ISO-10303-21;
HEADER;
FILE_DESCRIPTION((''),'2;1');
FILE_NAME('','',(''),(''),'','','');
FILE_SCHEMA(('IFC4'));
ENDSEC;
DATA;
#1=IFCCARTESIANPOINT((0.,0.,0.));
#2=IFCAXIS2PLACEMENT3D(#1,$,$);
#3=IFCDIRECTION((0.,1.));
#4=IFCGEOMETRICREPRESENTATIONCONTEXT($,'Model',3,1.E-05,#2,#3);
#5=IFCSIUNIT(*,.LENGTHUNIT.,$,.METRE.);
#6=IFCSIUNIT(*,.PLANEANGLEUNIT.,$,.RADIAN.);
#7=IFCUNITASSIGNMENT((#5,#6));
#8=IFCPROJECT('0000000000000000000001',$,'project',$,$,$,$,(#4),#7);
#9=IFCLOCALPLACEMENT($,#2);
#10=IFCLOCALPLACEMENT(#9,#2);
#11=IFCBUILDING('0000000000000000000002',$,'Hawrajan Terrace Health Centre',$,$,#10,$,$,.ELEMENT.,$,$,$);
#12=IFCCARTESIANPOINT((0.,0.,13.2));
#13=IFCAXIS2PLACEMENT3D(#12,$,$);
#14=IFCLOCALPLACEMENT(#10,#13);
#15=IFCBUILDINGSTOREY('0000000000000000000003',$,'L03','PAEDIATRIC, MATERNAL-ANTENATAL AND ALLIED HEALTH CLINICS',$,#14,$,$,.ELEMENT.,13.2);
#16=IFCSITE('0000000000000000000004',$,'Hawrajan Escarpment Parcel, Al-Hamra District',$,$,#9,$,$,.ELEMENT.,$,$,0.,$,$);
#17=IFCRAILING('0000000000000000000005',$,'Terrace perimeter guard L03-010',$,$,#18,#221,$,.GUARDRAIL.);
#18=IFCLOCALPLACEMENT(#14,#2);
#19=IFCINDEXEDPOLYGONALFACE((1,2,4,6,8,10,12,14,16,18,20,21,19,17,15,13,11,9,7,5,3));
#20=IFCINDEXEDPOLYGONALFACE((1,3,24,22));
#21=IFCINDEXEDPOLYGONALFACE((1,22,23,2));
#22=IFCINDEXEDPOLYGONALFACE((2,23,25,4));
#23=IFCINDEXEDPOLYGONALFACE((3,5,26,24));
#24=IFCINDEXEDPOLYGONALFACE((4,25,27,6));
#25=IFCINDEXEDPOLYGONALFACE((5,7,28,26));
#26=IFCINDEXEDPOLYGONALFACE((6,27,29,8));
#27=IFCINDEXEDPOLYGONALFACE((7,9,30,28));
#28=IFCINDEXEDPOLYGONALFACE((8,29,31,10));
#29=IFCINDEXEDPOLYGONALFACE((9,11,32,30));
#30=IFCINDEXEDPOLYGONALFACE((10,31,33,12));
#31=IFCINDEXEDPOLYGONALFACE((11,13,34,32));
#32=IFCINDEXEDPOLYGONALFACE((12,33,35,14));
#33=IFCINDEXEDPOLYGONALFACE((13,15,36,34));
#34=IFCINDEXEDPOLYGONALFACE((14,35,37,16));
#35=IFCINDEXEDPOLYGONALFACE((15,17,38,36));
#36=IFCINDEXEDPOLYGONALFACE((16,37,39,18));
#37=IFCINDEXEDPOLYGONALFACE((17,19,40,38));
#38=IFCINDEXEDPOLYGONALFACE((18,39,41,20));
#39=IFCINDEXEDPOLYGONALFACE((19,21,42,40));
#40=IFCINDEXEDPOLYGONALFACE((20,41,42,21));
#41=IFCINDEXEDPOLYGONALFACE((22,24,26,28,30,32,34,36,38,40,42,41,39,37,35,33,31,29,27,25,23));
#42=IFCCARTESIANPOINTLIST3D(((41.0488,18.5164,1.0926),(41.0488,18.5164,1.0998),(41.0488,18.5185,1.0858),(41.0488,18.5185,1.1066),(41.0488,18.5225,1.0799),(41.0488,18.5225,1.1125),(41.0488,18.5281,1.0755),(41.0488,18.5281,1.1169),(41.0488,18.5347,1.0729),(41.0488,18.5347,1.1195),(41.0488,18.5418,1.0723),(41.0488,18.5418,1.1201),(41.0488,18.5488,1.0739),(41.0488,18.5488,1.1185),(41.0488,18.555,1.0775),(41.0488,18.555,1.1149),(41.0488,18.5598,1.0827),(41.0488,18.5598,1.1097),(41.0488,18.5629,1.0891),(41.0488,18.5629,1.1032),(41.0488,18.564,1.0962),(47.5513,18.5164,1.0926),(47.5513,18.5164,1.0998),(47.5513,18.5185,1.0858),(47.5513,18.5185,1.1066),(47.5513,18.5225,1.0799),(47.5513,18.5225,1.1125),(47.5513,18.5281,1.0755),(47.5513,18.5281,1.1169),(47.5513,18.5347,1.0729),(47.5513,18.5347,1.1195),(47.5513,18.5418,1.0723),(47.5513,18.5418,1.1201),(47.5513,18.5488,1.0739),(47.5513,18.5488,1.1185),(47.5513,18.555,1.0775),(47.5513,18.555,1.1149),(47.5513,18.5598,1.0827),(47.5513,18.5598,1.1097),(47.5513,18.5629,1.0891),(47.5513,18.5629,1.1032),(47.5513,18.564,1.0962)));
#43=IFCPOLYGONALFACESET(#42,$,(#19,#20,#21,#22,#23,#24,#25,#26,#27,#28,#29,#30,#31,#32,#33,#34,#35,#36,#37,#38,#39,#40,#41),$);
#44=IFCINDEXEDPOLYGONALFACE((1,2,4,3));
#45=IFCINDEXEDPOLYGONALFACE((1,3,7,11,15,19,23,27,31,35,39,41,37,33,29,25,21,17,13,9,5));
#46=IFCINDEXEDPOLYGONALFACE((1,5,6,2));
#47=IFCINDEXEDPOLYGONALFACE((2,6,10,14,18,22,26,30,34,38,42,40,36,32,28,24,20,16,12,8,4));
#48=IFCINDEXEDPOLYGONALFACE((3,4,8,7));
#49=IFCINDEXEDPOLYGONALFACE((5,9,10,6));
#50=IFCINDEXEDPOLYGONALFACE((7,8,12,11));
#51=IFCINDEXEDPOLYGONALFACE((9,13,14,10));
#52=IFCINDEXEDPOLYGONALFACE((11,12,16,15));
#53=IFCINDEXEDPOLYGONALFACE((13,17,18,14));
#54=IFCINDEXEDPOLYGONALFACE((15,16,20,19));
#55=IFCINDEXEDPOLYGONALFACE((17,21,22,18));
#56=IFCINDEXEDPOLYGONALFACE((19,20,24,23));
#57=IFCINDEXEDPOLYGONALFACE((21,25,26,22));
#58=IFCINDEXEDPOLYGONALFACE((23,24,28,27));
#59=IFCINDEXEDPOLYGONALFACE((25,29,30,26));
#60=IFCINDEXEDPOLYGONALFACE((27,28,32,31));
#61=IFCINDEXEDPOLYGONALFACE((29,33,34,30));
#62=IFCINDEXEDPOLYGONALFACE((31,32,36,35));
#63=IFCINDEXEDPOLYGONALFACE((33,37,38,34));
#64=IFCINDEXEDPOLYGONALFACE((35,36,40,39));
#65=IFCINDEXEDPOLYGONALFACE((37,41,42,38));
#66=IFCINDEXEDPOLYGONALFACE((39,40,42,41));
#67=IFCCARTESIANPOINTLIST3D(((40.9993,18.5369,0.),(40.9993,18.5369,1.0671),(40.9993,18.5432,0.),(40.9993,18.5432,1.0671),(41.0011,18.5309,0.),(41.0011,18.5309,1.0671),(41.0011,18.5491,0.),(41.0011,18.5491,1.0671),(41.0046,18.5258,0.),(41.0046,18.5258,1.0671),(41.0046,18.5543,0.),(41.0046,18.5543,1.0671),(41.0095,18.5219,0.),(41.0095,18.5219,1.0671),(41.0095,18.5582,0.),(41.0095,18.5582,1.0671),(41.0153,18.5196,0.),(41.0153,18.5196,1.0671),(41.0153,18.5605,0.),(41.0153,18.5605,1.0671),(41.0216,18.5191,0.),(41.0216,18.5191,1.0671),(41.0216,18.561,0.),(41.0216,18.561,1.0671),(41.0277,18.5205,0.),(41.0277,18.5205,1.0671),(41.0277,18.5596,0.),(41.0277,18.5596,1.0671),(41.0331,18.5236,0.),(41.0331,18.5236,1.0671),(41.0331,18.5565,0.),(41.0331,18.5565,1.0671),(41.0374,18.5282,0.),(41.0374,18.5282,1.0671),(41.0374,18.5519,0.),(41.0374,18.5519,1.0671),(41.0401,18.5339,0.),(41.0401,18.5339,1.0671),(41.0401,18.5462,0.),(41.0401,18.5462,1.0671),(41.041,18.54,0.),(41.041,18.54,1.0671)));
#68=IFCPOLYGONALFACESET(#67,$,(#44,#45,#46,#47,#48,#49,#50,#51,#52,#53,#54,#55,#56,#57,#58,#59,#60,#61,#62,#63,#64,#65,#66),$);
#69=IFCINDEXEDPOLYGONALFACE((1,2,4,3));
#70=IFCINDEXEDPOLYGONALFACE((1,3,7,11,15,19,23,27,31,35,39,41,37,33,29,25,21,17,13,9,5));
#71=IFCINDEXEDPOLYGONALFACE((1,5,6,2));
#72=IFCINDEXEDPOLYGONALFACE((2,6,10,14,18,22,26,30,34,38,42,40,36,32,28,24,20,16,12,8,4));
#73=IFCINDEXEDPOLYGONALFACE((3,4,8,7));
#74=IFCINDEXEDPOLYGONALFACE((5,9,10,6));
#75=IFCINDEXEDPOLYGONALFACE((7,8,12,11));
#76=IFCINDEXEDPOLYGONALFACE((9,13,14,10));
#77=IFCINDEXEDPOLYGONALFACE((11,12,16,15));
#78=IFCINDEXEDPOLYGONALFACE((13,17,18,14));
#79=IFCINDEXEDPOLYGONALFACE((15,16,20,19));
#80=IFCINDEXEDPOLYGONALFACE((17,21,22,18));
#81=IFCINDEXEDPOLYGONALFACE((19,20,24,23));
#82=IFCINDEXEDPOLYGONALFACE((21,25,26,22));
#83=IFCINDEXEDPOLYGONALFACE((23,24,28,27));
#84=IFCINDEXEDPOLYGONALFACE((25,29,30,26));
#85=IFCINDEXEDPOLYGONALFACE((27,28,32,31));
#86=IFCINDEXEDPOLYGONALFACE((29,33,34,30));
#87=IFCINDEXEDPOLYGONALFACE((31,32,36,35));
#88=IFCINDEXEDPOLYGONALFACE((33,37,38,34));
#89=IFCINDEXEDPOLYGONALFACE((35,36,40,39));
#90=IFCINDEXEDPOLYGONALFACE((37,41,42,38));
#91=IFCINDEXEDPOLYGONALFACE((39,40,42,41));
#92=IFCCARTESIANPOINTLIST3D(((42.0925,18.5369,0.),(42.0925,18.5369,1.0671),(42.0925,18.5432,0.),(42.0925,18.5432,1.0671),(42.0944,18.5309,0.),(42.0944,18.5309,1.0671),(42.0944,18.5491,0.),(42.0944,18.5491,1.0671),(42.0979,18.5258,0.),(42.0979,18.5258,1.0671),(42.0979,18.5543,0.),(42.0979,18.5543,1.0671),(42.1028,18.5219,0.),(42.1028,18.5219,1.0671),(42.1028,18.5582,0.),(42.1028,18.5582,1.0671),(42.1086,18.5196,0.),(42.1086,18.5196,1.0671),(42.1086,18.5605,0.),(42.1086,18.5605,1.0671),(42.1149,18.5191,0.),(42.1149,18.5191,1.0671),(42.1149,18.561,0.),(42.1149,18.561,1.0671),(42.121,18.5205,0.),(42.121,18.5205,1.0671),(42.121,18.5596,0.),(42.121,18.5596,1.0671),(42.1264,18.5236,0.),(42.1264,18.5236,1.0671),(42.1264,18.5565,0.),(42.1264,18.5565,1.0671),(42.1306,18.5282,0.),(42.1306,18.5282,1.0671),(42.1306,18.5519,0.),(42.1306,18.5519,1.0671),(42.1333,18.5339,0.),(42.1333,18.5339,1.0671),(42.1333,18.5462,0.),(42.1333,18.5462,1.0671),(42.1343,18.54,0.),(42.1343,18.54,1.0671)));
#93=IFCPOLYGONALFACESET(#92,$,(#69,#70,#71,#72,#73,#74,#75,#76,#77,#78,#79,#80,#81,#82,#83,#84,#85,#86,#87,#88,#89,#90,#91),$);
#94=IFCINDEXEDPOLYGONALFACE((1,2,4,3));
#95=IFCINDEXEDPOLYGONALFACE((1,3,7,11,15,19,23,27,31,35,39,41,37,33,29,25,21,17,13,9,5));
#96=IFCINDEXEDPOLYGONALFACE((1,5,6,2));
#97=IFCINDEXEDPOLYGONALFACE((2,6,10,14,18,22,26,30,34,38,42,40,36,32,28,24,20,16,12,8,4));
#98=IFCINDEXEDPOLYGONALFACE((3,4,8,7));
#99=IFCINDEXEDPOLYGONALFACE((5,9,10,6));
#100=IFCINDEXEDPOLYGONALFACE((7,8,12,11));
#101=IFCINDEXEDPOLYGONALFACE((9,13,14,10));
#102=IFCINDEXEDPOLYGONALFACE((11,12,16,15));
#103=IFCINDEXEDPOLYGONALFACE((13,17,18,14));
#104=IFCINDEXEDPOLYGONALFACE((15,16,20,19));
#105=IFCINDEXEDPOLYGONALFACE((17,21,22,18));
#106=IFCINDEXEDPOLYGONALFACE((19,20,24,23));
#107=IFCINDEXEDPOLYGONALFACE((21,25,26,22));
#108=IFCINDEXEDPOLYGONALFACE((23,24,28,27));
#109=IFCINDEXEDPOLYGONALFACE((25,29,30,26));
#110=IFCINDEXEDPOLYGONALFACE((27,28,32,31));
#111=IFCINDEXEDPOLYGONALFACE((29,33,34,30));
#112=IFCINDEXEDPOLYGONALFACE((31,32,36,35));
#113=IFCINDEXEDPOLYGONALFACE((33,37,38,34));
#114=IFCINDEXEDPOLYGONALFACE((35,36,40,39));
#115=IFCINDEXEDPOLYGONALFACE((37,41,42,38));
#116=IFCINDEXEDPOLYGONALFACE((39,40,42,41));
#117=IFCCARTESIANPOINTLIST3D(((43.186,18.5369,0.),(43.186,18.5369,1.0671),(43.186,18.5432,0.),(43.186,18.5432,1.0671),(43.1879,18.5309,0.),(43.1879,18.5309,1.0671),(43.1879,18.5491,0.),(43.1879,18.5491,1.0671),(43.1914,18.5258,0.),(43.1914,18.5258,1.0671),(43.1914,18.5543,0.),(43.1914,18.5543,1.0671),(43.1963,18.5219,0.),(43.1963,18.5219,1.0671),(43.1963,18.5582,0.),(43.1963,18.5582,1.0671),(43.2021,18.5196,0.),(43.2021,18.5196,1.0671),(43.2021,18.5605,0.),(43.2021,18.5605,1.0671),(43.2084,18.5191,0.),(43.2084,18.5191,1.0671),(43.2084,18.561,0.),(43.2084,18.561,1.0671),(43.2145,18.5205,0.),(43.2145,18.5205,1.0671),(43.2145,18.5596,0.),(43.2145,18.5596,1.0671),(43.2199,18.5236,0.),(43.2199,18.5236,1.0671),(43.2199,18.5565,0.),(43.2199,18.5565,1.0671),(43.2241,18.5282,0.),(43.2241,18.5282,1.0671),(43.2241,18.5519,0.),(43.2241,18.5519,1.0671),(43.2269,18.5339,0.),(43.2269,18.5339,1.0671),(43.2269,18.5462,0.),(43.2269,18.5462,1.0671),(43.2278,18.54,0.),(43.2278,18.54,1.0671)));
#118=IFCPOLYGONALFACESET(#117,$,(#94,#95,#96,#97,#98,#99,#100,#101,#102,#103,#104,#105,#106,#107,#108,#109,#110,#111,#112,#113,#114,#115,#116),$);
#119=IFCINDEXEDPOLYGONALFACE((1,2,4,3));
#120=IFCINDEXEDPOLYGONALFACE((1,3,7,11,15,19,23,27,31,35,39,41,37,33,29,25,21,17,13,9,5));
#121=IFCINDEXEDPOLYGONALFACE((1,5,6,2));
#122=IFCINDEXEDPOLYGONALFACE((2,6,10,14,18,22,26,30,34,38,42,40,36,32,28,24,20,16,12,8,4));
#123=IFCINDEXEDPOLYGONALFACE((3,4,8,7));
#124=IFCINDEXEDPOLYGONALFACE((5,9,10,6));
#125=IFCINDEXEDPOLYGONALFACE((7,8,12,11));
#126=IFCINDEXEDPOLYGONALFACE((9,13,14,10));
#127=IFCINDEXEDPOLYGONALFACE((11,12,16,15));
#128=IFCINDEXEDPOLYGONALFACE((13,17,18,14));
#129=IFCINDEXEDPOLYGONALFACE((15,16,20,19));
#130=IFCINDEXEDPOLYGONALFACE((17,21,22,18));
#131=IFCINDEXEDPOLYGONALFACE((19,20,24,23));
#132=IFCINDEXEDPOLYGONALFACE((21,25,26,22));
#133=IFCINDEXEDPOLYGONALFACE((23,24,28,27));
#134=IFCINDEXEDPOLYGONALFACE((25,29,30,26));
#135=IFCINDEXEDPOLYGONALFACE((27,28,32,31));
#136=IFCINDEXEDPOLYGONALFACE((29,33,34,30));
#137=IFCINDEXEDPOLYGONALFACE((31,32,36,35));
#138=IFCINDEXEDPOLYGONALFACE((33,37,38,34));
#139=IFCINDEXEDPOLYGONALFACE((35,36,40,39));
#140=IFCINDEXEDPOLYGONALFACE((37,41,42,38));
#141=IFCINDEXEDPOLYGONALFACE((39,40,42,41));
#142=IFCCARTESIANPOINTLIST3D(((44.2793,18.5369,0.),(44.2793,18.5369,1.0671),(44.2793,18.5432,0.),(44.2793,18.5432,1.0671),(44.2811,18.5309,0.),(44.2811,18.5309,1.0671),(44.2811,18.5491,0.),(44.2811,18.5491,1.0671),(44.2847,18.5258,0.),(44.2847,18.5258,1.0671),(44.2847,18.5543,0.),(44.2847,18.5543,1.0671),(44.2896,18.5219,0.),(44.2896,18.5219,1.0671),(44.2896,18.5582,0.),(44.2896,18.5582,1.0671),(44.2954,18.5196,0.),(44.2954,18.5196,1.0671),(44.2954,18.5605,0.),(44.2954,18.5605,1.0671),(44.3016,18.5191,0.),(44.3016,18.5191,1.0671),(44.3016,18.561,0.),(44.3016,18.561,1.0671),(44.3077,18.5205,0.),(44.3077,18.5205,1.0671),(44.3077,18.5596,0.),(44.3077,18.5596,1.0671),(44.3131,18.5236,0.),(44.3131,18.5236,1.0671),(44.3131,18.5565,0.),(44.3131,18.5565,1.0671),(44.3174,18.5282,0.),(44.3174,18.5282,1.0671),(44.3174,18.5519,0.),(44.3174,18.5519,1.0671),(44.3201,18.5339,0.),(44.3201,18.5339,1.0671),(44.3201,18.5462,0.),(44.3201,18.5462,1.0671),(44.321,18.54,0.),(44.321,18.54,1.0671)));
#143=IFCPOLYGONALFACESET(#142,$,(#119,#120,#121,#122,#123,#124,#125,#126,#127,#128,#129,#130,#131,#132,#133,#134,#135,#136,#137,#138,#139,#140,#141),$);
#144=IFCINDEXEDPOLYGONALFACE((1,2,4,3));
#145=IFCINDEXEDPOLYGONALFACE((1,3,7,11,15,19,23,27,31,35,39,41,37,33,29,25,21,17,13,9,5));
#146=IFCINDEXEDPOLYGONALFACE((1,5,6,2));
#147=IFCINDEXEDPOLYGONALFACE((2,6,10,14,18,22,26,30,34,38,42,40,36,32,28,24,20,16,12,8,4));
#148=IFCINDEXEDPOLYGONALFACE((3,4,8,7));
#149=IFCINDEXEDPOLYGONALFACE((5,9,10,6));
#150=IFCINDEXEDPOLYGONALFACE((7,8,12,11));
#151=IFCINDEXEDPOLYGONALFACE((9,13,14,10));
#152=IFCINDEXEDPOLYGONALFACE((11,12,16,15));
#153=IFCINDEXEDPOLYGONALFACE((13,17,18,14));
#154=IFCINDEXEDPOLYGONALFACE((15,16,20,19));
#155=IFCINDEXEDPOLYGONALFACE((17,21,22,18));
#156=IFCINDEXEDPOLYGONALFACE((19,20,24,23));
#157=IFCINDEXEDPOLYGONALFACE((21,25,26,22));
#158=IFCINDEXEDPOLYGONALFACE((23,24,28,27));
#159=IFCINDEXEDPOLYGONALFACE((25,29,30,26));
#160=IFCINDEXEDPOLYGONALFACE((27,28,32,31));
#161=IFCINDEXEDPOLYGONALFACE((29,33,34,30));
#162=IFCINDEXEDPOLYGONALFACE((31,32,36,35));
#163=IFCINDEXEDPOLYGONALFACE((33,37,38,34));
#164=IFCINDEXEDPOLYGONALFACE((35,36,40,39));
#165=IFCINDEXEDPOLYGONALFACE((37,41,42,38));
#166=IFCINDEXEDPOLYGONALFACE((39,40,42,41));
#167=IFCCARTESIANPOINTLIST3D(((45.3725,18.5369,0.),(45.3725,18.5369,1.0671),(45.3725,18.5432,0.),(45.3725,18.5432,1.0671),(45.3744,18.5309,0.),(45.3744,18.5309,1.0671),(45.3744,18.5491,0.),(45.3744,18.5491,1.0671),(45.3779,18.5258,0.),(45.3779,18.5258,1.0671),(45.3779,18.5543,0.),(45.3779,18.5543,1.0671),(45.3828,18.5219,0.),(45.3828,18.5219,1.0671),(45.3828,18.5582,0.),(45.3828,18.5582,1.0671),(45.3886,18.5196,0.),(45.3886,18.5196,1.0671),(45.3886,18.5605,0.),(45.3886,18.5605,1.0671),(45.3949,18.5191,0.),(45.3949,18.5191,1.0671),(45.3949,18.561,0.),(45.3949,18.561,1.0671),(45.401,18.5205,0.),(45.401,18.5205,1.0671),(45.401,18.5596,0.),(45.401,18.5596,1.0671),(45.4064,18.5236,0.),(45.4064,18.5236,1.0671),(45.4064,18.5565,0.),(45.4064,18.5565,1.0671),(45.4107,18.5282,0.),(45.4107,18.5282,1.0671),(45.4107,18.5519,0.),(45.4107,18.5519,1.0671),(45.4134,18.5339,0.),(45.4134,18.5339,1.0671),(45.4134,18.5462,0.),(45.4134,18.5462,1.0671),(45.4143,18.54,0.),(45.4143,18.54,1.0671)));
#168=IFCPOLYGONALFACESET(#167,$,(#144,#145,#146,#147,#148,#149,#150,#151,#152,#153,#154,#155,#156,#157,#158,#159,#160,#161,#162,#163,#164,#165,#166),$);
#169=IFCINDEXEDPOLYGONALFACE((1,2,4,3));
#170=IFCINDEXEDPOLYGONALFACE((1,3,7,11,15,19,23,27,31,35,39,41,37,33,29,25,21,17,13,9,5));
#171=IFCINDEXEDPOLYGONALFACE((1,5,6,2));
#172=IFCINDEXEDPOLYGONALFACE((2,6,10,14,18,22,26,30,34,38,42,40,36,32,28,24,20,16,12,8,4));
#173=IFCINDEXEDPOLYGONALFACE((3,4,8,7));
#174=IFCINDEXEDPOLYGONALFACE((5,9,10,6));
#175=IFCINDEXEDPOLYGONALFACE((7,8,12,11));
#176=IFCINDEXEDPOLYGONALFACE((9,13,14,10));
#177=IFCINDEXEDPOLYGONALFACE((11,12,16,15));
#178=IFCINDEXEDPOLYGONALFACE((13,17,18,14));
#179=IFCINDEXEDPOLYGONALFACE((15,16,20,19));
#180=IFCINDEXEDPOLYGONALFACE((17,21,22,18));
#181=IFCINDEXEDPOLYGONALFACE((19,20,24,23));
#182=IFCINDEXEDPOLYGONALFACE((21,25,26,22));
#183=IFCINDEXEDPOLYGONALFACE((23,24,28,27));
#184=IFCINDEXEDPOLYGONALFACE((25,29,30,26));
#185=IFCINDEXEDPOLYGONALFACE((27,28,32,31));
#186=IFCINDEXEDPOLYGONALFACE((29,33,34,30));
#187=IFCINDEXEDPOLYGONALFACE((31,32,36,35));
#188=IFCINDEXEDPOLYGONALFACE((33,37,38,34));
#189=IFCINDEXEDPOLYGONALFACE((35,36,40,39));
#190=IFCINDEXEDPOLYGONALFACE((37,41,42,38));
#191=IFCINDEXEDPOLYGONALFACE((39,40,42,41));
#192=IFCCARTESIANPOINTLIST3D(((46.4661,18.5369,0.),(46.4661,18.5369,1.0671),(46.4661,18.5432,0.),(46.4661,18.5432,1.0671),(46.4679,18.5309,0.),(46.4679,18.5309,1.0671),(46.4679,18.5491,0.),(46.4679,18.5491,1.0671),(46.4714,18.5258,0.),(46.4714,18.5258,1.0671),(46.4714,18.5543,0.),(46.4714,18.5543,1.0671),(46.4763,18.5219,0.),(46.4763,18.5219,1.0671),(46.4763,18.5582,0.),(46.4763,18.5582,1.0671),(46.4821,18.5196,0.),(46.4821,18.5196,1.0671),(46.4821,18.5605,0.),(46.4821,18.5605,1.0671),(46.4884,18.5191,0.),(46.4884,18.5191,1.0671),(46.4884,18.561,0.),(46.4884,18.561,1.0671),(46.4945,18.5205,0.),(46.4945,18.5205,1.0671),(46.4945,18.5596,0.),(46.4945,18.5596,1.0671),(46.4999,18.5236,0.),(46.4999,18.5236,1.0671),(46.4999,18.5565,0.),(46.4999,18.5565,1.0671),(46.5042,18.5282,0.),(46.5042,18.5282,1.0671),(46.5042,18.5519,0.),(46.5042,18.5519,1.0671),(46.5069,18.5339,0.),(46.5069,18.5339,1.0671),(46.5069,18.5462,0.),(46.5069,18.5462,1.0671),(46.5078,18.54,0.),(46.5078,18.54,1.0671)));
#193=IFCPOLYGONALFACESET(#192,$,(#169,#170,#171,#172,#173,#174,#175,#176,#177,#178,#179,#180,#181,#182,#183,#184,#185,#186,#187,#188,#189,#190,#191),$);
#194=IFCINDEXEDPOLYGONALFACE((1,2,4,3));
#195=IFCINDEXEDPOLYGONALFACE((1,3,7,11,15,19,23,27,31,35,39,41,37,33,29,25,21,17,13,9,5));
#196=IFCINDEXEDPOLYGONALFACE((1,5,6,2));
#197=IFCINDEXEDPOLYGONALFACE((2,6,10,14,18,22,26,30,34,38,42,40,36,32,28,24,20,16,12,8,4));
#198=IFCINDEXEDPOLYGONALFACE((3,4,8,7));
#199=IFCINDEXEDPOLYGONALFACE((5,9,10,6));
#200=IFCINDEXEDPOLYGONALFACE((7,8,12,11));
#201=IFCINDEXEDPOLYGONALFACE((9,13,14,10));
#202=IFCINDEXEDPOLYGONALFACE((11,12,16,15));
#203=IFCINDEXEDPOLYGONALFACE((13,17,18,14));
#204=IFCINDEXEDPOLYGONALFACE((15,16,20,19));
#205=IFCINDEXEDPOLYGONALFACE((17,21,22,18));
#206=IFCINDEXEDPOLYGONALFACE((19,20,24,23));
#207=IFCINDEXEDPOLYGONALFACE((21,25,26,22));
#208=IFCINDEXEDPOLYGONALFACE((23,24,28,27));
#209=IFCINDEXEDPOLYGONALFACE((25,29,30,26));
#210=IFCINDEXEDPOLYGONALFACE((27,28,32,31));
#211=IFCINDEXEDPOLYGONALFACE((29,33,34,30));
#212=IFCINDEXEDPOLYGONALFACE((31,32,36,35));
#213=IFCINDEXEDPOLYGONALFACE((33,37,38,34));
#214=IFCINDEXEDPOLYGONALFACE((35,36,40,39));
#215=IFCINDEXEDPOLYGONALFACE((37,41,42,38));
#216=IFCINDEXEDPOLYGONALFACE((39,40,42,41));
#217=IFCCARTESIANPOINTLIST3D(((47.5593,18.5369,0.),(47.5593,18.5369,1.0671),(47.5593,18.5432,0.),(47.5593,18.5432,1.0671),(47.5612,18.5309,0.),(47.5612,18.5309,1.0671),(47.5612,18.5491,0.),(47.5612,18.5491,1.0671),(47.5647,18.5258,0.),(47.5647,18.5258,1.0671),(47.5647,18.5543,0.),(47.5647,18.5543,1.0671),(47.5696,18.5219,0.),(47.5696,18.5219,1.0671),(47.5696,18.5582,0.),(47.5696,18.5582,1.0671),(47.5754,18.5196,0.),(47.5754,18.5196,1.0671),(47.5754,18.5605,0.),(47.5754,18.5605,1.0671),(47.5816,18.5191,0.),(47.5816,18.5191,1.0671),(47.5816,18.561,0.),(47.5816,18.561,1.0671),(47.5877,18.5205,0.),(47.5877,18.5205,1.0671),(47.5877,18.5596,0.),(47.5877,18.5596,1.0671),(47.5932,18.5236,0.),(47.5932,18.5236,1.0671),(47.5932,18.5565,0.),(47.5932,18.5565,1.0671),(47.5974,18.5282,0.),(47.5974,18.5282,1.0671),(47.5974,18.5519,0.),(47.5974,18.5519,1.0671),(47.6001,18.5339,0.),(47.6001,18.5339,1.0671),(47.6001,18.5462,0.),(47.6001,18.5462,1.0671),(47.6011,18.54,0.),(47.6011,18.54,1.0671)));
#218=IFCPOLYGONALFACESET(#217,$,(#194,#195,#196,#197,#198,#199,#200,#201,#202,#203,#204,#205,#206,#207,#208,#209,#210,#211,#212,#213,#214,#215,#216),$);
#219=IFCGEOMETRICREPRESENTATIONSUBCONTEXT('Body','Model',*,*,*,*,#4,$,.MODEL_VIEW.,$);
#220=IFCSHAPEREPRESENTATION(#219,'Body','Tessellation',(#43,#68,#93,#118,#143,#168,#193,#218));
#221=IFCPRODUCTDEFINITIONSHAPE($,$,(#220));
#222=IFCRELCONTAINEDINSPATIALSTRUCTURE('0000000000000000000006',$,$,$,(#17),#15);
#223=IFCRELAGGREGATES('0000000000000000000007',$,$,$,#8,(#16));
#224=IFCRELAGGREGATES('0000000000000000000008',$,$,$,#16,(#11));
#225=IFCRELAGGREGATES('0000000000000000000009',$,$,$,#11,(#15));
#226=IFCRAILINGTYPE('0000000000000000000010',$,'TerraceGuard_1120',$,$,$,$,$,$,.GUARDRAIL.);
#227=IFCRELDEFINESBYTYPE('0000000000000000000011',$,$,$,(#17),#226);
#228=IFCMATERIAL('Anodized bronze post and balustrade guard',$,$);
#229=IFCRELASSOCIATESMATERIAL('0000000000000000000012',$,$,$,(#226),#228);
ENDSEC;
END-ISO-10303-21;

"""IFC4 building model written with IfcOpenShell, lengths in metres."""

from ifc_helpers import new_model, si_unit, direction, frame, origin, origin_2d, place, context, subcontext, project, spatial, circle, extrude, material, type_object, element, save


model = new_model("IFC4")

# Units and contexts
model_context = context("Model", 3, precision=1e-05, world=origin(), true_north=direction((0.0, 1.0)))
body_context = subcontext(model_context, "Body", "Model", "MODEL_VIEW")
ifc_project = project(units=[si_unit("LENGTHUNIT", "METRE"), si_unit("PLANEANGLEUNIT", "RADIAN")], contexts=[model_context])

# Site, building, storey
site_placement = place(None, origin())
site = spatial("IfcSite", under=ifc_project, at=site_placement, Name="Hawrajan Escarpment Parcel, Al-Hamra District", CompositionType="ELEMENT", RefElevation=0.0)
building_placement = place(site_placement, origin())
building = spatial("IfcBuilding", under=site, at=building_placement, Name="Hawrajan Terrace Health Centre", CompositionType="ELEMENT")
storey_placement = place(building_placement, frame((0.0, 0.0, 13.2)))
storey = spatial("IfcBuildingStorey", under=building, at=storey_placement, Name="L03", Description="PAEDIATRIC, MATERNAL-ANTENATAL AND ALLIED HEALTH CLINICS", CompositionType="ELEMENT", Elevation=13.2)

# Railing
ifc_material_1 = material(Name="Anodized bronze post and balustrade guard")
railing_type = type_object("IfcRailingType", Name="TerraceGuard_1120", PredefinedType="GUARDRAIL", material=ifc_material_1)
railing_placement = place(storey_placement, frame((41.02, 18.54, 0.0)))
element("IfcRailing", 1, at=railing_placement, inside=storey, type_object=railing_type, Name="Terrace perimeter guard L03-010", PredefinedType="GUARDRAIL", context=body_context, shape_type="SweptSolid", body=[
    extrude(circle(Radius=0.0239, at=origin_2d()), frame((0.0288, 0.0, 1.0962), z_axis=(1.0, 0.0, 0.0), x_axis=(0.0, 1.0, 0.0)), (0.0, 0.0, 1.0), 6.5024),
    extrude(circle(Radius=0.021, at=origin_2d()), origin(), (0.0, 0.0, 1.0), 1.0671),
    extrude(circle(Radius=0.021, at=origin_2d()), frame((1.0933, 0.0, 0.0)), (0.0, 0.0, 1.0), 1.0671),
    extrude(circle(Radius=0.021, at=origin_2d()), frame((2.1868, 0.0, 0.0)), (0.0, 0.0, 1.0), 1.0671),
    extrude(circle(Radius=0.021, at=origin_2d()), frame((3.28, 0.0, 0.0)), (0.0, 0.0, 1.0), 1.0671),
    extrude(circle(Radius=0.021, at=origin_2d()), frame((4.3733, 0.0, 0.0)), (0.0, 0.0, 1.0), 1.0671),
    extrude(circle(Radius=0.021, at=origin_2d()), frame((5.4668, 0.0, 0.0)), (0.0, 0.0, 1.0), 1.0671),
    extrude(circle(Radius=0.021, at=origin_2d()), frame((6.5601, 0.0, 0.0)), (0.0, 0.0, 1.0), 1.0671),
])

save(model, "model.ifc")
